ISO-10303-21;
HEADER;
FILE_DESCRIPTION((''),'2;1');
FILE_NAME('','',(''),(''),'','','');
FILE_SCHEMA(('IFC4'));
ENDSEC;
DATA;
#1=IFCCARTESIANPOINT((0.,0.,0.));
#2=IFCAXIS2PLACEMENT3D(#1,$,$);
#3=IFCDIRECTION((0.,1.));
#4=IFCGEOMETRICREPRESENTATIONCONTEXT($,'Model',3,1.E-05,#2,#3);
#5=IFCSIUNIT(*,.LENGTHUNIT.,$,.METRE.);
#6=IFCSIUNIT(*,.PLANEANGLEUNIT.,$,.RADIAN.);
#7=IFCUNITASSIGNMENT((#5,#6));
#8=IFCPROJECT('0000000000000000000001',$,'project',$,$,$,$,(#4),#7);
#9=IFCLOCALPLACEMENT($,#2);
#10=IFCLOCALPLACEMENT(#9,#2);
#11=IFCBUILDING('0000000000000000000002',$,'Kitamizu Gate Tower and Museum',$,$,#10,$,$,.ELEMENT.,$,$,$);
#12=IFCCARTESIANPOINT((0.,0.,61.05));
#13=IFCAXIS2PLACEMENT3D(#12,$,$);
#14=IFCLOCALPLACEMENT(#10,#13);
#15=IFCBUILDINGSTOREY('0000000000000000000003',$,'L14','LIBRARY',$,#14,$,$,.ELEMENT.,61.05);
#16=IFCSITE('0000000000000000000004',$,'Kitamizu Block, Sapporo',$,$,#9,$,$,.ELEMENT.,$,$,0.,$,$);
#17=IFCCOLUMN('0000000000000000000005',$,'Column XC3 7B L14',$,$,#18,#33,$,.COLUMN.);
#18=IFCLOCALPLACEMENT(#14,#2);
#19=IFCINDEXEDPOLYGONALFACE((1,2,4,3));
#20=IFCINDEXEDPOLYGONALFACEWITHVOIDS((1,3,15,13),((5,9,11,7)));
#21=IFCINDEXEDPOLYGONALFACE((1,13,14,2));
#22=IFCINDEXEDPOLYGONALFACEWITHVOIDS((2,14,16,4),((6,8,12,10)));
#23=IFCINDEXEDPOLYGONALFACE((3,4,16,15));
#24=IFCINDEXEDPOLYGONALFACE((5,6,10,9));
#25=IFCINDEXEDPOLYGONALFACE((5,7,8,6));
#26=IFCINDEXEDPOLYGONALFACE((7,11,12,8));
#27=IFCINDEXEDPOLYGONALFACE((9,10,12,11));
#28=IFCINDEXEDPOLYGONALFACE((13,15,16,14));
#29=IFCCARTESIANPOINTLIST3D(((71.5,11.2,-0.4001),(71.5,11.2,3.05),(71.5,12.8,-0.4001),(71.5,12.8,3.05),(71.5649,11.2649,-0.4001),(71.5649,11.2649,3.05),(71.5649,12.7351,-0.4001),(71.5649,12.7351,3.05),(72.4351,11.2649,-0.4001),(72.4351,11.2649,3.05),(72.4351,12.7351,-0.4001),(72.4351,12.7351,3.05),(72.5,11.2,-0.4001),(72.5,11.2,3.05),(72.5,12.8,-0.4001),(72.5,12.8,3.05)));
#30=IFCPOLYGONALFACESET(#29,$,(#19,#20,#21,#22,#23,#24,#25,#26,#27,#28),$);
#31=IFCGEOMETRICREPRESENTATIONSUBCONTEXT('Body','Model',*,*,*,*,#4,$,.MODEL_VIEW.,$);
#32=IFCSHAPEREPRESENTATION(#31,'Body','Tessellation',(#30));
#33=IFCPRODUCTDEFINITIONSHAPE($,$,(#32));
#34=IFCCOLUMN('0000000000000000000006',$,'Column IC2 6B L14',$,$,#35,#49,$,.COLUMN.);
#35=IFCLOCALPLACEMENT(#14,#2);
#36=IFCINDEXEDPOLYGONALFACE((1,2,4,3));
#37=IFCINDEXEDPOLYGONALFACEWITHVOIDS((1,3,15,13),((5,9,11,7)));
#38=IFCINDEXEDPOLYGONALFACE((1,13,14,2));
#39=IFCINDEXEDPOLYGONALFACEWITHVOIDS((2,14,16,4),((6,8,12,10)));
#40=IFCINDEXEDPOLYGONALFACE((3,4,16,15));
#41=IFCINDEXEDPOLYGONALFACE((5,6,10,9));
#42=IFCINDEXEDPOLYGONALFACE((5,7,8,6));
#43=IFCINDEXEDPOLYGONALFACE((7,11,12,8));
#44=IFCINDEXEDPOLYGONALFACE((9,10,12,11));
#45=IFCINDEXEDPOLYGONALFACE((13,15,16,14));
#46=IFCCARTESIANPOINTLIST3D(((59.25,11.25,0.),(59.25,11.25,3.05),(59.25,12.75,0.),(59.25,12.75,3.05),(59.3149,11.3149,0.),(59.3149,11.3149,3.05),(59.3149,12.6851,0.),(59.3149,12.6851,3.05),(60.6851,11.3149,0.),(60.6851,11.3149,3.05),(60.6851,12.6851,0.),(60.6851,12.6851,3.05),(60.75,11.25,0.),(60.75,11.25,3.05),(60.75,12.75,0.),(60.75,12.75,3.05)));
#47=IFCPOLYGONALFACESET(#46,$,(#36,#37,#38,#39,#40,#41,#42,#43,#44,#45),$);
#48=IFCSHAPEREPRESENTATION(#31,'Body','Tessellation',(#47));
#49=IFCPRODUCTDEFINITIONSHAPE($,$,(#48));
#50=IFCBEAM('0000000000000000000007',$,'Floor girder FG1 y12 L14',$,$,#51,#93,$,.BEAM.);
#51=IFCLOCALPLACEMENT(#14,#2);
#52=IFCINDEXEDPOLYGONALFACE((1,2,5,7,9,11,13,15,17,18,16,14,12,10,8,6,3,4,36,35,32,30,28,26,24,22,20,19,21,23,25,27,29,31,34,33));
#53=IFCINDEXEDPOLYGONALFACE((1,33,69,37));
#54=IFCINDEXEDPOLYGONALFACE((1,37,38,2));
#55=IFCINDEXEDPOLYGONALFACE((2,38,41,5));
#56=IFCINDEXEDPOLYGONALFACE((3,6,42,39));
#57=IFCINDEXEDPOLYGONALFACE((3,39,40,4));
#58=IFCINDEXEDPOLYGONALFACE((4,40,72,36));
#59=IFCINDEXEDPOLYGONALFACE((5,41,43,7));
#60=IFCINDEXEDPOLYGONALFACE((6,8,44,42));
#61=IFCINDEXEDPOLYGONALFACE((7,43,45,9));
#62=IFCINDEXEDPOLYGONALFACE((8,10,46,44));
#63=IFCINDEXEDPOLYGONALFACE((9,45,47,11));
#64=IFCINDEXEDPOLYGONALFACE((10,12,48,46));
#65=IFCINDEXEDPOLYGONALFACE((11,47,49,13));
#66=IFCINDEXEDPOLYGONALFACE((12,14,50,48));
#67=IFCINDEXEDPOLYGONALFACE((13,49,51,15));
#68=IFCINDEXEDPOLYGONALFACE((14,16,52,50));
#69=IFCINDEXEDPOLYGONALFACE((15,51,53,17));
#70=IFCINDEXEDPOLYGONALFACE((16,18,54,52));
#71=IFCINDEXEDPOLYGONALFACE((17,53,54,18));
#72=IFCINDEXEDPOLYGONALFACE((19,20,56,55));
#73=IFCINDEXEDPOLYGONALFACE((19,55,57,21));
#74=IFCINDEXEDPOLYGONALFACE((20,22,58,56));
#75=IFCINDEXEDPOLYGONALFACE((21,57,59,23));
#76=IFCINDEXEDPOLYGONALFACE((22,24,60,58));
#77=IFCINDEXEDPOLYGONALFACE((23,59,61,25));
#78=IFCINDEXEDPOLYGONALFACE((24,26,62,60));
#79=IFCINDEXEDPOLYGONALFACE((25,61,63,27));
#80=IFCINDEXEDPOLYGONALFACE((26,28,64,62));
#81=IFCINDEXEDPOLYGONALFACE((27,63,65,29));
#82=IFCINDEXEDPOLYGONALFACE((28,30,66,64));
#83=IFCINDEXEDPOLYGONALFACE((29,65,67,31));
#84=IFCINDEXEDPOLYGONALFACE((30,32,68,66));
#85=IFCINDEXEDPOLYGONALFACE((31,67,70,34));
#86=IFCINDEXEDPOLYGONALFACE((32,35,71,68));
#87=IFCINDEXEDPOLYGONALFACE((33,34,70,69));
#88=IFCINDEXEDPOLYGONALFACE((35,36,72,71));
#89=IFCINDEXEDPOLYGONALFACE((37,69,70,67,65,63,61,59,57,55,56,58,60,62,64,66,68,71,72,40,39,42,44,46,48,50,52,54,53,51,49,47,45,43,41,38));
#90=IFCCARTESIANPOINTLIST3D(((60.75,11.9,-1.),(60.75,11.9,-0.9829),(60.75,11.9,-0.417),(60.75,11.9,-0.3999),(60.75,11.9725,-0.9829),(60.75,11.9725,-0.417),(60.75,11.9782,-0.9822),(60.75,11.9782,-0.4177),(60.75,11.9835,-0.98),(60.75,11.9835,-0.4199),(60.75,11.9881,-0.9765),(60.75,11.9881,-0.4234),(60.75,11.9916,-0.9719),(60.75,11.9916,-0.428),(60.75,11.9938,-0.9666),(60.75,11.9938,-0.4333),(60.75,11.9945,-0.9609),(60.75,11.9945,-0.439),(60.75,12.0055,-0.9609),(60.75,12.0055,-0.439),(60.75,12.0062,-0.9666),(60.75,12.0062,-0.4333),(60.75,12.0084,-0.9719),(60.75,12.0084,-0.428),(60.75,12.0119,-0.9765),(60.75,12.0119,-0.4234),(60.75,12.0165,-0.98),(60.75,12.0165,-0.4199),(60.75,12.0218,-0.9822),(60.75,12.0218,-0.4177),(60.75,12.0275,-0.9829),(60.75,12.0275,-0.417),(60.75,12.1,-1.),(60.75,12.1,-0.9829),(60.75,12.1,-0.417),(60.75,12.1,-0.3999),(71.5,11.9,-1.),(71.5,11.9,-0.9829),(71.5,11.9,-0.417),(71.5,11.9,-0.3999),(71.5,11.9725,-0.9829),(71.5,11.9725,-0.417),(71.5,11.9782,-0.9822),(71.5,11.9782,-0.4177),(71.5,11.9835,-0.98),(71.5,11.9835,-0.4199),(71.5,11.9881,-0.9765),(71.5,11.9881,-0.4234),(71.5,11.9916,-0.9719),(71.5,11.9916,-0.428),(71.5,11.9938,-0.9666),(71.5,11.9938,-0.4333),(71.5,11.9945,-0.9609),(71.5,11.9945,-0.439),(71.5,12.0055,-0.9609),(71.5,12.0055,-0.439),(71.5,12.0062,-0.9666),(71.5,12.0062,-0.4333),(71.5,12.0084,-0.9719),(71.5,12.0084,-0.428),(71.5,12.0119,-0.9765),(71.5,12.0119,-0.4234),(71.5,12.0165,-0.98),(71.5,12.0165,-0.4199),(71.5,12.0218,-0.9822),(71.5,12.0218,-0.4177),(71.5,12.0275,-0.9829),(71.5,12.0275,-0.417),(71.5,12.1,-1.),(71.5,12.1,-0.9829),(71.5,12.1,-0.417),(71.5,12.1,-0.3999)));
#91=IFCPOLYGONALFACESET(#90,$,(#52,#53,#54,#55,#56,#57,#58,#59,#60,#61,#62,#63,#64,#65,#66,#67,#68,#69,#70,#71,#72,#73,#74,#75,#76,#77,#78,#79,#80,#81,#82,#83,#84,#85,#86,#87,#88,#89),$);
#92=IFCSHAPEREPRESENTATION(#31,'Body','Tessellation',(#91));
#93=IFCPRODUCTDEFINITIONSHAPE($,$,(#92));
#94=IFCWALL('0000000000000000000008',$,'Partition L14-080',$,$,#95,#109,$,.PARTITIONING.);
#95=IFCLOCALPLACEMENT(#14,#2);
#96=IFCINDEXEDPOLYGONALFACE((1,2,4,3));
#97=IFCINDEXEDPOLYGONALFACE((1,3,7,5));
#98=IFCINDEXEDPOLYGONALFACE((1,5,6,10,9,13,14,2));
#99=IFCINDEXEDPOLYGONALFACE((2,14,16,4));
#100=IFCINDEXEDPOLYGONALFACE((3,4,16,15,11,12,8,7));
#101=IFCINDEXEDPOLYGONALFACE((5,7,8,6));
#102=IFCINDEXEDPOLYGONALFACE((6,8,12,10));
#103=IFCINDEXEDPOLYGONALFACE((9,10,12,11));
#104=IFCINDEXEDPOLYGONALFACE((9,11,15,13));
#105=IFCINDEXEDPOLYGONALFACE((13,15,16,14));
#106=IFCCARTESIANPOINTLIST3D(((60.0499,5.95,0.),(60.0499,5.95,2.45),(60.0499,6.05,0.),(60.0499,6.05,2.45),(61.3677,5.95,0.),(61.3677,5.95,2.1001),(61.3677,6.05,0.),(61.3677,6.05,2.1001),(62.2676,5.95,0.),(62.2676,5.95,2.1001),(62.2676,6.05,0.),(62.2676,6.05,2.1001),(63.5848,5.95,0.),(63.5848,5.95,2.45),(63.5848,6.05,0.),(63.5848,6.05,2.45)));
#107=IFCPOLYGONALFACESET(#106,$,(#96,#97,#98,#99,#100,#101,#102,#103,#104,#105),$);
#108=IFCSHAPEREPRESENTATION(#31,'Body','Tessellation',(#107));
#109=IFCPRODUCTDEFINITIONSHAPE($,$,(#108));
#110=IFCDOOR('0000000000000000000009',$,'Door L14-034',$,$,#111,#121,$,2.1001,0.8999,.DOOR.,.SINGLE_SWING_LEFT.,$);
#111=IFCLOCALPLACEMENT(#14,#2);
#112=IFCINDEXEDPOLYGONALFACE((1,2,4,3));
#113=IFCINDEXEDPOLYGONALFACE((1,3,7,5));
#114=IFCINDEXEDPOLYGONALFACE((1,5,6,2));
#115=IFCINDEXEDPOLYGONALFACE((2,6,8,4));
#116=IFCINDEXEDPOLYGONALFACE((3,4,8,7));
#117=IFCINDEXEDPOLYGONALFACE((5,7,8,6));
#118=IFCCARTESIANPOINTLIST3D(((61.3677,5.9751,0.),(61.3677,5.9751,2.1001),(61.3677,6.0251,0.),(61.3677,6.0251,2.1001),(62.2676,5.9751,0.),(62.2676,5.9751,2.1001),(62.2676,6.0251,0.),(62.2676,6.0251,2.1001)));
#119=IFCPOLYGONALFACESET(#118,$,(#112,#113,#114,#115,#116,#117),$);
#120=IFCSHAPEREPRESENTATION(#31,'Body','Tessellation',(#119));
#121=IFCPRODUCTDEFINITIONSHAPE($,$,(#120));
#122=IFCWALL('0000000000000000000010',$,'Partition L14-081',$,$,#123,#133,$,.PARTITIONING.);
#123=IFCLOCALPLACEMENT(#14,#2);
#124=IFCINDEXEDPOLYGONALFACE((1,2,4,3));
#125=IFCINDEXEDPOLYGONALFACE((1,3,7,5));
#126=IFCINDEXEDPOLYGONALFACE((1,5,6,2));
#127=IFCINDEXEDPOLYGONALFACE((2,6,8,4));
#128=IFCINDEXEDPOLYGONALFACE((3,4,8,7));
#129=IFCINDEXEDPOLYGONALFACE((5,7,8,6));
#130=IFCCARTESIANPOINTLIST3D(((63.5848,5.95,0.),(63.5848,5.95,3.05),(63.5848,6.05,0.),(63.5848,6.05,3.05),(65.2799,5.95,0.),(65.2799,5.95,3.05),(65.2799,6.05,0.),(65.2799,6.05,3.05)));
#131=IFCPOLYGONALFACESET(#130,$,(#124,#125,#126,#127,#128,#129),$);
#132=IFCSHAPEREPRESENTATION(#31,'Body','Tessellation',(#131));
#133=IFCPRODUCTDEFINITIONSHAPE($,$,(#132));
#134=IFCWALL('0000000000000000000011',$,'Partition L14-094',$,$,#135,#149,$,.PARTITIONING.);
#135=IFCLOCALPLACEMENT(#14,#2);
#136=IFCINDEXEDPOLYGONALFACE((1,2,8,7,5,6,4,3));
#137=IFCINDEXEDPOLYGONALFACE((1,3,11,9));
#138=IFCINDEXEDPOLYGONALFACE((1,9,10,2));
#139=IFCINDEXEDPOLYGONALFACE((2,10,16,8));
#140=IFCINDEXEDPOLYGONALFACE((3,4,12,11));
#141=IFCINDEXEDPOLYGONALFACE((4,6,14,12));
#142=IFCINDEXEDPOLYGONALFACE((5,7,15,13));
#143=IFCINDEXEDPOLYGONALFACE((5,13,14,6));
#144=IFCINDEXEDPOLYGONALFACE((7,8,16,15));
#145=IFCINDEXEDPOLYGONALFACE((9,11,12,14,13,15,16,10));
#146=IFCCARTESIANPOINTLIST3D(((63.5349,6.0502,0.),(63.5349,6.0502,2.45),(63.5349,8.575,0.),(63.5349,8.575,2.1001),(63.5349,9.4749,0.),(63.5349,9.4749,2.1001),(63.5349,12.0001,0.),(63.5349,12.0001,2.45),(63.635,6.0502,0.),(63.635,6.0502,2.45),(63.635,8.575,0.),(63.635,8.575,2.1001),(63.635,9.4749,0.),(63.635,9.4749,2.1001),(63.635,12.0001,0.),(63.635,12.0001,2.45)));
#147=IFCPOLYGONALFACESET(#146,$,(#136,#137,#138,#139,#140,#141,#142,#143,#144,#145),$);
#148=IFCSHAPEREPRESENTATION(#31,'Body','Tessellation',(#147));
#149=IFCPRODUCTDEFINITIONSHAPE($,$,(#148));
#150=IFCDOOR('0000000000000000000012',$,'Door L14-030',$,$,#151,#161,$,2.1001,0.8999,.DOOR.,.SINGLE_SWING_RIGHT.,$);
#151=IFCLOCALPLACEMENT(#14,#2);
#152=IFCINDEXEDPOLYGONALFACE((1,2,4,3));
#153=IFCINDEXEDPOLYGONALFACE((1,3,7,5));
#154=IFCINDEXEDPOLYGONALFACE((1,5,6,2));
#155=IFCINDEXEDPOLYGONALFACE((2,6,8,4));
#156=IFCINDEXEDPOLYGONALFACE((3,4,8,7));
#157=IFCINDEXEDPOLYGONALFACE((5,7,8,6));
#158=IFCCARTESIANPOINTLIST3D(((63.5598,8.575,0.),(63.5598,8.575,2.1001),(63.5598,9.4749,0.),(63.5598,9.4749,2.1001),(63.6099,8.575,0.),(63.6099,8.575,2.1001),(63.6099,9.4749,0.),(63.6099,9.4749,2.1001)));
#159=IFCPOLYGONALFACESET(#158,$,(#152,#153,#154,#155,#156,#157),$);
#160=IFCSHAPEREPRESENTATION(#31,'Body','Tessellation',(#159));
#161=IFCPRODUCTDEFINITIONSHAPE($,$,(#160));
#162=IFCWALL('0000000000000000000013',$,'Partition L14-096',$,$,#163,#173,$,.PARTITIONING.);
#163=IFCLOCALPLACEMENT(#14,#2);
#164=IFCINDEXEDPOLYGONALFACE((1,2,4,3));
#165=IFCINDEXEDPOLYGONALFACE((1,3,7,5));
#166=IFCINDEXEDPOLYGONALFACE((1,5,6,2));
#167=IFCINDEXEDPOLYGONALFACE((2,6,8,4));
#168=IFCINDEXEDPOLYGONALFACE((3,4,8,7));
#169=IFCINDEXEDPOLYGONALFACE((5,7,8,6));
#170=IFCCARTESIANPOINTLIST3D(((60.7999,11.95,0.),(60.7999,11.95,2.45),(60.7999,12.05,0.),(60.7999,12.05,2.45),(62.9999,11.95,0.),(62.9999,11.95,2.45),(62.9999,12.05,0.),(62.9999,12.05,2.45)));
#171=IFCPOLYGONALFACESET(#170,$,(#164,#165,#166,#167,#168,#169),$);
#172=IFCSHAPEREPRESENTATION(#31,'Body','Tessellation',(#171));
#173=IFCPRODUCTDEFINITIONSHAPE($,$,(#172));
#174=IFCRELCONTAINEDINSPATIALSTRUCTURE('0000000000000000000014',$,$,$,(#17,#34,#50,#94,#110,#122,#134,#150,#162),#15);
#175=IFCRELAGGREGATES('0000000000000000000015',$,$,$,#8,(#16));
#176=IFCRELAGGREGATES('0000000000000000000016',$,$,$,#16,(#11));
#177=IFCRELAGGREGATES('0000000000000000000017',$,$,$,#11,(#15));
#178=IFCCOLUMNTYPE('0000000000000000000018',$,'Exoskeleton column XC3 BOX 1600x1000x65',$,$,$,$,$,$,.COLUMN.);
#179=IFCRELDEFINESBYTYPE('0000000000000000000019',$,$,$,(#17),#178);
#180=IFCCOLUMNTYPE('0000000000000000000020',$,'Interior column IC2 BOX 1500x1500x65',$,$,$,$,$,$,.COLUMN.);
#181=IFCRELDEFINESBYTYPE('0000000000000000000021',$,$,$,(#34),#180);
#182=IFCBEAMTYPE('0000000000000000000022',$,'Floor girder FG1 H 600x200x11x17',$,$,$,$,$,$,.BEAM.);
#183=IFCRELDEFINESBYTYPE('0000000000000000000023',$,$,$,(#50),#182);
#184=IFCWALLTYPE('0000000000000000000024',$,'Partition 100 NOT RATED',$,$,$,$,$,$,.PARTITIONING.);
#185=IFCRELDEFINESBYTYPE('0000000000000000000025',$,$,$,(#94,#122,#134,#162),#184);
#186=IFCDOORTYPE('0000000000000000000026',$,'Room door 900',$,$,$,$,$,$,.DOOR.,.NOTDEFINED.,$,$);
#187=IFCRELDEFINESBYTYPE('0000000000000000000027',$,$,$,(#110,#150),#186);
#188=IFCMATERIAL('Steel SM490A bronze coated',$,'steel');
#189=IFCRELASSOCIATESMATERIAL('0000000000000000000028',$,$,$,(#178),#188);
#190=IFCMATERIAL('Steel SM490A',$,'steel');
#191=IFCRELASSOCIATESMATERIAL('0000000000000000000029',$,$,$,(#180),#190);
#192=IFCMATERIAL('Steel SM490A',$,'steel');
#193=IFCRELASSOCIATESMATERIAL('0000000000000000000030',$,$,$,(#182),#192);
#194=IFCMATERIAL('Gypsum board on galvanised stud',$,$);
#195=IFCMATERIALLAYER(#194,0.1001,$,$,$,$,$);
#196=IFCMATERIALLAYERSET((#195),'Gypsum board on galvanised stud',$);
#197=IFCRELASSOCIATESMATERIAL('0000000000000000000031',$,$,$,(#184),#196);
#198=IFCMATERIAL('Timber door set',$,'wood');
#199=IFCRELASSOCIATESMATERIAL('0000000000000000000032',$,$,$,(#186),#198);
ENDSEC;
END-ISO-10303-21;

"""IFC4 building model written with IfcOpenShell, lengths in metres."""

from ifc_helpers import new_model, si_unit, direction, frame, frame_2d, origin, origin_2d, place, context, subcontext, project, spatial, rectangle, hollow_rectangle, i_section, extrude, material, layer, layer_set, material_profile, profile_set, type_object, element, fill, save


model = new_model("IFC4")

# Units and contexts
model_context = context("Model", 3, precision=1e-05, world=origin(), true_north=direction((0.0, 1.0)))
body_context = subcontext(model_context, "Body", "Model", "MODEL_VIEW")
ifc_project = project(units=[si_unit("LENGTHUNIT", "METRE"), si_unit("PLANEANGLEUNIT", "RADIAN")], contexts=[model_context])

# Site, building, storey
site_placement = place(None, origin())
site = spatial("IfcSite", under=ifc_project, at=site_placement, Name="Kitamizu Block, Sapporo", CompositionType="ELEMENT", RefElevation=0.0)
building_placement = place(site_placement, origin())
building = spatial("IfcBuilding", under=site, at=building_placement, Name="Kitamizu Gate Tower and Museum", CompositionType="ELEMENT")
storey_placement = place(building_placement, frame((0.0, 0.0, 61.05)))
storey = spatial("IfcBuildingStorey", under=building, at=storey_placement, Name="L14", Description="LIBRARY", CompositionType="ELEMENT", Elevation=61.05)

# Columns
ifc_material_1 = material(Name="Steel SM490A bronze coated", Category="steel")
ifc_material_profile_1 = material_profile(ifc_material_1, hollow_rectangle(XDim=1.6001, YDim=1.0, WallThickness=0.0649, at=origin_2d()), Name="BOX 1600x1000x65")
ifc_profile_set_1 = profile_set([ifc_material_profile_1], Name="Steel SM490A bronze coated")
column_type_1 = type_object("IfcColumnType", Name="Exoskeleton column XC3 BOX 1600x1000x65", PredefinedType="COLUMN", material=ifc_profile_set_1)
column_1_placement = place(storey_placement, frame((72.0, 12.0, -0.4001), z_axis=(0.0, 0.0, 1.0), x_axis=(0.0, 1.0, 0.0)))
element("IfcColumn", 1, at=column_1_placement, inside=storey, type_object=column_type_1, Name="Column XC3 7B L14", PredefinedType="COLUMN", context=body_context, shape_type="SweptSolid", body=[
    extrude(hollow_rectangle(XDim=1.6001, YDim=1.0, WallThickness=0.0649, at=origin_2d()), origin(), (0.0, 0.0, 1.0), 3.4502),
])
ifc_material_2 = material(Name="Steel SM490A", Category="steel")
ifc_material_profile_2 = material_profile(ifc_material_2, hollow_rectangle(XDim=1.5, YDim=1.5, WallThickness=0.0649, at=origin_2d()), Name="BOX 1500x1500x65")
ifc_profile_set_2 = profile_set([ifc_material_profile_2], Name="Steel SM490A")
column_type_2 = type_object("IfcColumnType", Name="Interior column IC2 BOX 1500x1500x65", PredefinedType="COLUMN", material=ifc_profile_set_2)
column_2_placement = place(storey_placement, frame((60.0, 12.0, 0.0), z_axis=(0.0, 0.0, 1.0), x_axis=(1.0, 0.0, 0.0)))
element("IfcColumn", 2, at=column_2_placement, inside=storey, type_object=column_type_2, Name="Column IC2 6B L14", PredefinedType="COLUMN", context=body_context, shape_type="SweptSolid", body=[
    extrude(hollow_rectangle(XDim=1.5, YDim=1.5, WallThickness=0.0649, at=origin_2d()), origin(), (0.0, 0.0, 1.0), 3.05),
])

# Beam
ifc_material_3 = material(Name="Steel SM490A", Category="steel")
ifc_material_profile_3 = material_profile(ifc_material_3, i_section(OverallWidth=0.2, OverallDepth=0.6001, WebThickness=0.011, FlangeThickness=0.0171, FilletRadius=0.022, at=origin_2d()), Name="H-600x200x11x17")
ifc_profile_set_3 = profile_set([ifc_material_profile_3], Name="Steel SM490A")
beam_type = type_object("IfcBeamType", Name="Floor girder FG1 H 600x200x11x17", PredefinedType="BEAM", material=ifc_profile_set_3)
beam_placement = place(storey_placement, frame((60.75, 12.0, -0.7), z_axis=(1.0, 0.0, 0.0), x_axis=(0.0, 1.0, 0.0)))
element("IfcBeam", 3, at=beam_placement, inside=storey, type_object=beam_type, Name="Floor girder FG1 y12 L14", PredefinedType="BEAM", context=body_context, shape_type="SweptSolid", body=[
    extrude(i_section(OverallWidth=0.2, OverallDepth=0.6001, WebThickness=0.011, FlangeThickness=0.0171, FilletRadius=0.022, at=origin_2d()), origin(), (0.0, 0.0, 1.0), 10.75),
])

# Wall, opening, door
ifc_material_4 = material(Name="Gypsum board on galvanised stud")
ifc_layer_1 = layer(ifc_material_4, 0.1001)
ifc_layer_set_1 = layer_set([ifc_layer_1], Name="Gypsum board on galvanised stud")
wall_type_1 = type_object("IfcWallType", Name="Partition 100 NOT RATED", PredefinedType="PARTITIONING", material=ifc_layer_set_1)
wall_1_placement = place(storey_placement, frame((63.585, 6.0, 0.0), z_axis=(0.0, 0.0, 1.0), x_axis=(-1.0, 0.0, 0.0)))
wall_1 = element("IfcWall", 4, at=wall_1_placement, inside=storey, type_object=wall_type_1, Name="Partition L14-080", PredefinedType="PARTITIONING", context=body_context, shape_type="SweptSolid", body=[
    extrude(rectangle(XDim=3.5349, YDim=0.1001, at=frame_2d((1.7676, 0.0))), origin(), (0.0, 0.0, 1.0), 2.45),
])
opening_1_placement = place(wall_1_placement, frame((1.3174, 0.0, 0.0)))
opening_1 = element("IfcOpeningElement", 5, at=opening_1_placement, cuts=wall_1, PredefinedType="OPENING", context=body_context, shape_type="SweptSolid", body=[
    extrude(rectangle(XDim=0.8999, YDim=2.1001, at=frame_2d((0.45, 1.05))), frame((0.0, 0.0601, 0.0), z_axis=(0.0, -1.0, 0.0), x_axis=(1.0, 0.0, 0.0)), (0.0, 0.0, 1.0), 0.1201),
])
ifc_material_5 = material(Name="Timber door set", Category="wood")
door_type = type_object("IfcDoorType", Name="Room door 900", OperationType="NOTDEFINED", PredefinedType="DOOR", material=ifc_material_5)
door_1_placement = place(opening_1_placement, origin())
door_1 = element("IfcDoor", 6, at=door_1_placement, inside=storey, type_object=door_type, Name="Door L14-034", OperationType="SINGLE_SWING_LEFT", OverallHeight=2.1001, OverallWidth=0.8999, PredefinedType="DOOR", context=body_context, shape_type="SweptSolid", body=[
    extrude(rectangle(XDim=0.8999, YDim=2.1001, at=frame_2d((0.45, 1.05))), frame((0.0, 0.0249, 0.0), z_axis=(0.0, -1.0, 0.0), x_axis=(1.0, 0.0, 0.0)), (0.0, 0.0, 1.0), 0.05),
])
fill(opening_1, door_1)

# Wall
wall_2_placement = place(storey_placement, frame((65.28, 6.0, 0.0), z_axis=(0.0, 0.0, 1.0), x_axis=(-1.0, 0.0, 0.0)))
element("IfcWall", 7, at=wall_2_placement, inside=storey, type_object=wall_type_1, Name="Partition L14-081", PredefinedType="PARTITIONING", context=body_context, shape_type="SweptSolid", body=[
    extrude(rectangle(XDim=1.6951, YDim=0.1001, at=frame_2d((0.8477, 0.0))), origin(), (0.0, 0.0, 1.0), 3.05),
])

# Wall, opening, door
wall_3_placement = place(storey_placement, frame((63.585, 6.05, 0.0), z_axis=(0.0, 0.0, 1.0), x_axis=(0.0, 1.0, 0.0)))
wall_3 = element("IfcWall", 8, at=wall_3_placement, inside=storey, type_object=wall_type_1, Name="Partition L14-094", PredefinedType="PARTITIONING", context=body_context, shape_type="SweptSolid", body=[
    extrude(rectangle(XDim=5.95, YDim=0.1001, at=frame_2d((2.9751, 0.0))), origin(), (0.0, 0.0, 1.0), 2.45),
])
opening_2_placement = place(wall_3_placement, frame((2.5249, 0.0, 0.0)))
opening_2 = element("IfcOpeningElement", 9, at=opening_2_placement, cuts=wall_3, PredefinedType="OPENING", context=body_context, shape_type="SweptSolid", body=[
    extrude(rectangle(XDim=0.8999, YDim=2.1001, at=frame_2d((0.45, 1.05))), frame((0.0, 0.0601, 0.0), z_axis=(0.0, -1.0, 0.0), x_axis=(1.0, 0.0, 0.0)), (0.0, 0.0, 1.0), 0.1201),
])
door_2_placement = place(opening_2_placement, frame((0.8999, 0.0, 0.0), x_axis=(-1.0, 0.0, 0.0)))
door_2 = element("IfcDoor", 10, at=door_2_placement, inside=storey, type_object=door_type, Name="Door L14-030", OperationType="SINGLE_SWING_RIGHT", OverallHeight=2.1001, OverallWidth=0.8999, PredefinedType="DOOR", context=body_context, shape_type="SweptSolid", body=[
    extrude(rectangle(XDim=0.8999, YDim=2.1001, at=frame_2d((0.45, 1.05))), frame((0.0, 0.0249, 0.0), z_axis=(0.0, -1.0, 0.0), x_axis=(1.0, 0.0, 0.0)), (0.0, 0.0, 1.0), 0.05),
])
fill(opening_2, door_2)

# Wall
wall_4_placement = place(storey_placement, frame((63.0, 12.0, 0.0), z_axis=(0.0, 0.0, 1.0), x_axis=(-1.0, 0.0, 0.0)))
element("IfcWall", 11, at=wall_4_placement, inside=storey, type_object=wall_type_1, Name="Partition L14-096", PredefinedType="PARTITIONING", context=body_context, shape_type="SweptSolid", body=[
    extrude(rectangle(XDim=2.2, YDim=0.1001, at=frame_2d((1.1001, 0.0))), origin(), (0.0, 0.0, 1.0), 2.45),
])

save(model, "model.ifc")
